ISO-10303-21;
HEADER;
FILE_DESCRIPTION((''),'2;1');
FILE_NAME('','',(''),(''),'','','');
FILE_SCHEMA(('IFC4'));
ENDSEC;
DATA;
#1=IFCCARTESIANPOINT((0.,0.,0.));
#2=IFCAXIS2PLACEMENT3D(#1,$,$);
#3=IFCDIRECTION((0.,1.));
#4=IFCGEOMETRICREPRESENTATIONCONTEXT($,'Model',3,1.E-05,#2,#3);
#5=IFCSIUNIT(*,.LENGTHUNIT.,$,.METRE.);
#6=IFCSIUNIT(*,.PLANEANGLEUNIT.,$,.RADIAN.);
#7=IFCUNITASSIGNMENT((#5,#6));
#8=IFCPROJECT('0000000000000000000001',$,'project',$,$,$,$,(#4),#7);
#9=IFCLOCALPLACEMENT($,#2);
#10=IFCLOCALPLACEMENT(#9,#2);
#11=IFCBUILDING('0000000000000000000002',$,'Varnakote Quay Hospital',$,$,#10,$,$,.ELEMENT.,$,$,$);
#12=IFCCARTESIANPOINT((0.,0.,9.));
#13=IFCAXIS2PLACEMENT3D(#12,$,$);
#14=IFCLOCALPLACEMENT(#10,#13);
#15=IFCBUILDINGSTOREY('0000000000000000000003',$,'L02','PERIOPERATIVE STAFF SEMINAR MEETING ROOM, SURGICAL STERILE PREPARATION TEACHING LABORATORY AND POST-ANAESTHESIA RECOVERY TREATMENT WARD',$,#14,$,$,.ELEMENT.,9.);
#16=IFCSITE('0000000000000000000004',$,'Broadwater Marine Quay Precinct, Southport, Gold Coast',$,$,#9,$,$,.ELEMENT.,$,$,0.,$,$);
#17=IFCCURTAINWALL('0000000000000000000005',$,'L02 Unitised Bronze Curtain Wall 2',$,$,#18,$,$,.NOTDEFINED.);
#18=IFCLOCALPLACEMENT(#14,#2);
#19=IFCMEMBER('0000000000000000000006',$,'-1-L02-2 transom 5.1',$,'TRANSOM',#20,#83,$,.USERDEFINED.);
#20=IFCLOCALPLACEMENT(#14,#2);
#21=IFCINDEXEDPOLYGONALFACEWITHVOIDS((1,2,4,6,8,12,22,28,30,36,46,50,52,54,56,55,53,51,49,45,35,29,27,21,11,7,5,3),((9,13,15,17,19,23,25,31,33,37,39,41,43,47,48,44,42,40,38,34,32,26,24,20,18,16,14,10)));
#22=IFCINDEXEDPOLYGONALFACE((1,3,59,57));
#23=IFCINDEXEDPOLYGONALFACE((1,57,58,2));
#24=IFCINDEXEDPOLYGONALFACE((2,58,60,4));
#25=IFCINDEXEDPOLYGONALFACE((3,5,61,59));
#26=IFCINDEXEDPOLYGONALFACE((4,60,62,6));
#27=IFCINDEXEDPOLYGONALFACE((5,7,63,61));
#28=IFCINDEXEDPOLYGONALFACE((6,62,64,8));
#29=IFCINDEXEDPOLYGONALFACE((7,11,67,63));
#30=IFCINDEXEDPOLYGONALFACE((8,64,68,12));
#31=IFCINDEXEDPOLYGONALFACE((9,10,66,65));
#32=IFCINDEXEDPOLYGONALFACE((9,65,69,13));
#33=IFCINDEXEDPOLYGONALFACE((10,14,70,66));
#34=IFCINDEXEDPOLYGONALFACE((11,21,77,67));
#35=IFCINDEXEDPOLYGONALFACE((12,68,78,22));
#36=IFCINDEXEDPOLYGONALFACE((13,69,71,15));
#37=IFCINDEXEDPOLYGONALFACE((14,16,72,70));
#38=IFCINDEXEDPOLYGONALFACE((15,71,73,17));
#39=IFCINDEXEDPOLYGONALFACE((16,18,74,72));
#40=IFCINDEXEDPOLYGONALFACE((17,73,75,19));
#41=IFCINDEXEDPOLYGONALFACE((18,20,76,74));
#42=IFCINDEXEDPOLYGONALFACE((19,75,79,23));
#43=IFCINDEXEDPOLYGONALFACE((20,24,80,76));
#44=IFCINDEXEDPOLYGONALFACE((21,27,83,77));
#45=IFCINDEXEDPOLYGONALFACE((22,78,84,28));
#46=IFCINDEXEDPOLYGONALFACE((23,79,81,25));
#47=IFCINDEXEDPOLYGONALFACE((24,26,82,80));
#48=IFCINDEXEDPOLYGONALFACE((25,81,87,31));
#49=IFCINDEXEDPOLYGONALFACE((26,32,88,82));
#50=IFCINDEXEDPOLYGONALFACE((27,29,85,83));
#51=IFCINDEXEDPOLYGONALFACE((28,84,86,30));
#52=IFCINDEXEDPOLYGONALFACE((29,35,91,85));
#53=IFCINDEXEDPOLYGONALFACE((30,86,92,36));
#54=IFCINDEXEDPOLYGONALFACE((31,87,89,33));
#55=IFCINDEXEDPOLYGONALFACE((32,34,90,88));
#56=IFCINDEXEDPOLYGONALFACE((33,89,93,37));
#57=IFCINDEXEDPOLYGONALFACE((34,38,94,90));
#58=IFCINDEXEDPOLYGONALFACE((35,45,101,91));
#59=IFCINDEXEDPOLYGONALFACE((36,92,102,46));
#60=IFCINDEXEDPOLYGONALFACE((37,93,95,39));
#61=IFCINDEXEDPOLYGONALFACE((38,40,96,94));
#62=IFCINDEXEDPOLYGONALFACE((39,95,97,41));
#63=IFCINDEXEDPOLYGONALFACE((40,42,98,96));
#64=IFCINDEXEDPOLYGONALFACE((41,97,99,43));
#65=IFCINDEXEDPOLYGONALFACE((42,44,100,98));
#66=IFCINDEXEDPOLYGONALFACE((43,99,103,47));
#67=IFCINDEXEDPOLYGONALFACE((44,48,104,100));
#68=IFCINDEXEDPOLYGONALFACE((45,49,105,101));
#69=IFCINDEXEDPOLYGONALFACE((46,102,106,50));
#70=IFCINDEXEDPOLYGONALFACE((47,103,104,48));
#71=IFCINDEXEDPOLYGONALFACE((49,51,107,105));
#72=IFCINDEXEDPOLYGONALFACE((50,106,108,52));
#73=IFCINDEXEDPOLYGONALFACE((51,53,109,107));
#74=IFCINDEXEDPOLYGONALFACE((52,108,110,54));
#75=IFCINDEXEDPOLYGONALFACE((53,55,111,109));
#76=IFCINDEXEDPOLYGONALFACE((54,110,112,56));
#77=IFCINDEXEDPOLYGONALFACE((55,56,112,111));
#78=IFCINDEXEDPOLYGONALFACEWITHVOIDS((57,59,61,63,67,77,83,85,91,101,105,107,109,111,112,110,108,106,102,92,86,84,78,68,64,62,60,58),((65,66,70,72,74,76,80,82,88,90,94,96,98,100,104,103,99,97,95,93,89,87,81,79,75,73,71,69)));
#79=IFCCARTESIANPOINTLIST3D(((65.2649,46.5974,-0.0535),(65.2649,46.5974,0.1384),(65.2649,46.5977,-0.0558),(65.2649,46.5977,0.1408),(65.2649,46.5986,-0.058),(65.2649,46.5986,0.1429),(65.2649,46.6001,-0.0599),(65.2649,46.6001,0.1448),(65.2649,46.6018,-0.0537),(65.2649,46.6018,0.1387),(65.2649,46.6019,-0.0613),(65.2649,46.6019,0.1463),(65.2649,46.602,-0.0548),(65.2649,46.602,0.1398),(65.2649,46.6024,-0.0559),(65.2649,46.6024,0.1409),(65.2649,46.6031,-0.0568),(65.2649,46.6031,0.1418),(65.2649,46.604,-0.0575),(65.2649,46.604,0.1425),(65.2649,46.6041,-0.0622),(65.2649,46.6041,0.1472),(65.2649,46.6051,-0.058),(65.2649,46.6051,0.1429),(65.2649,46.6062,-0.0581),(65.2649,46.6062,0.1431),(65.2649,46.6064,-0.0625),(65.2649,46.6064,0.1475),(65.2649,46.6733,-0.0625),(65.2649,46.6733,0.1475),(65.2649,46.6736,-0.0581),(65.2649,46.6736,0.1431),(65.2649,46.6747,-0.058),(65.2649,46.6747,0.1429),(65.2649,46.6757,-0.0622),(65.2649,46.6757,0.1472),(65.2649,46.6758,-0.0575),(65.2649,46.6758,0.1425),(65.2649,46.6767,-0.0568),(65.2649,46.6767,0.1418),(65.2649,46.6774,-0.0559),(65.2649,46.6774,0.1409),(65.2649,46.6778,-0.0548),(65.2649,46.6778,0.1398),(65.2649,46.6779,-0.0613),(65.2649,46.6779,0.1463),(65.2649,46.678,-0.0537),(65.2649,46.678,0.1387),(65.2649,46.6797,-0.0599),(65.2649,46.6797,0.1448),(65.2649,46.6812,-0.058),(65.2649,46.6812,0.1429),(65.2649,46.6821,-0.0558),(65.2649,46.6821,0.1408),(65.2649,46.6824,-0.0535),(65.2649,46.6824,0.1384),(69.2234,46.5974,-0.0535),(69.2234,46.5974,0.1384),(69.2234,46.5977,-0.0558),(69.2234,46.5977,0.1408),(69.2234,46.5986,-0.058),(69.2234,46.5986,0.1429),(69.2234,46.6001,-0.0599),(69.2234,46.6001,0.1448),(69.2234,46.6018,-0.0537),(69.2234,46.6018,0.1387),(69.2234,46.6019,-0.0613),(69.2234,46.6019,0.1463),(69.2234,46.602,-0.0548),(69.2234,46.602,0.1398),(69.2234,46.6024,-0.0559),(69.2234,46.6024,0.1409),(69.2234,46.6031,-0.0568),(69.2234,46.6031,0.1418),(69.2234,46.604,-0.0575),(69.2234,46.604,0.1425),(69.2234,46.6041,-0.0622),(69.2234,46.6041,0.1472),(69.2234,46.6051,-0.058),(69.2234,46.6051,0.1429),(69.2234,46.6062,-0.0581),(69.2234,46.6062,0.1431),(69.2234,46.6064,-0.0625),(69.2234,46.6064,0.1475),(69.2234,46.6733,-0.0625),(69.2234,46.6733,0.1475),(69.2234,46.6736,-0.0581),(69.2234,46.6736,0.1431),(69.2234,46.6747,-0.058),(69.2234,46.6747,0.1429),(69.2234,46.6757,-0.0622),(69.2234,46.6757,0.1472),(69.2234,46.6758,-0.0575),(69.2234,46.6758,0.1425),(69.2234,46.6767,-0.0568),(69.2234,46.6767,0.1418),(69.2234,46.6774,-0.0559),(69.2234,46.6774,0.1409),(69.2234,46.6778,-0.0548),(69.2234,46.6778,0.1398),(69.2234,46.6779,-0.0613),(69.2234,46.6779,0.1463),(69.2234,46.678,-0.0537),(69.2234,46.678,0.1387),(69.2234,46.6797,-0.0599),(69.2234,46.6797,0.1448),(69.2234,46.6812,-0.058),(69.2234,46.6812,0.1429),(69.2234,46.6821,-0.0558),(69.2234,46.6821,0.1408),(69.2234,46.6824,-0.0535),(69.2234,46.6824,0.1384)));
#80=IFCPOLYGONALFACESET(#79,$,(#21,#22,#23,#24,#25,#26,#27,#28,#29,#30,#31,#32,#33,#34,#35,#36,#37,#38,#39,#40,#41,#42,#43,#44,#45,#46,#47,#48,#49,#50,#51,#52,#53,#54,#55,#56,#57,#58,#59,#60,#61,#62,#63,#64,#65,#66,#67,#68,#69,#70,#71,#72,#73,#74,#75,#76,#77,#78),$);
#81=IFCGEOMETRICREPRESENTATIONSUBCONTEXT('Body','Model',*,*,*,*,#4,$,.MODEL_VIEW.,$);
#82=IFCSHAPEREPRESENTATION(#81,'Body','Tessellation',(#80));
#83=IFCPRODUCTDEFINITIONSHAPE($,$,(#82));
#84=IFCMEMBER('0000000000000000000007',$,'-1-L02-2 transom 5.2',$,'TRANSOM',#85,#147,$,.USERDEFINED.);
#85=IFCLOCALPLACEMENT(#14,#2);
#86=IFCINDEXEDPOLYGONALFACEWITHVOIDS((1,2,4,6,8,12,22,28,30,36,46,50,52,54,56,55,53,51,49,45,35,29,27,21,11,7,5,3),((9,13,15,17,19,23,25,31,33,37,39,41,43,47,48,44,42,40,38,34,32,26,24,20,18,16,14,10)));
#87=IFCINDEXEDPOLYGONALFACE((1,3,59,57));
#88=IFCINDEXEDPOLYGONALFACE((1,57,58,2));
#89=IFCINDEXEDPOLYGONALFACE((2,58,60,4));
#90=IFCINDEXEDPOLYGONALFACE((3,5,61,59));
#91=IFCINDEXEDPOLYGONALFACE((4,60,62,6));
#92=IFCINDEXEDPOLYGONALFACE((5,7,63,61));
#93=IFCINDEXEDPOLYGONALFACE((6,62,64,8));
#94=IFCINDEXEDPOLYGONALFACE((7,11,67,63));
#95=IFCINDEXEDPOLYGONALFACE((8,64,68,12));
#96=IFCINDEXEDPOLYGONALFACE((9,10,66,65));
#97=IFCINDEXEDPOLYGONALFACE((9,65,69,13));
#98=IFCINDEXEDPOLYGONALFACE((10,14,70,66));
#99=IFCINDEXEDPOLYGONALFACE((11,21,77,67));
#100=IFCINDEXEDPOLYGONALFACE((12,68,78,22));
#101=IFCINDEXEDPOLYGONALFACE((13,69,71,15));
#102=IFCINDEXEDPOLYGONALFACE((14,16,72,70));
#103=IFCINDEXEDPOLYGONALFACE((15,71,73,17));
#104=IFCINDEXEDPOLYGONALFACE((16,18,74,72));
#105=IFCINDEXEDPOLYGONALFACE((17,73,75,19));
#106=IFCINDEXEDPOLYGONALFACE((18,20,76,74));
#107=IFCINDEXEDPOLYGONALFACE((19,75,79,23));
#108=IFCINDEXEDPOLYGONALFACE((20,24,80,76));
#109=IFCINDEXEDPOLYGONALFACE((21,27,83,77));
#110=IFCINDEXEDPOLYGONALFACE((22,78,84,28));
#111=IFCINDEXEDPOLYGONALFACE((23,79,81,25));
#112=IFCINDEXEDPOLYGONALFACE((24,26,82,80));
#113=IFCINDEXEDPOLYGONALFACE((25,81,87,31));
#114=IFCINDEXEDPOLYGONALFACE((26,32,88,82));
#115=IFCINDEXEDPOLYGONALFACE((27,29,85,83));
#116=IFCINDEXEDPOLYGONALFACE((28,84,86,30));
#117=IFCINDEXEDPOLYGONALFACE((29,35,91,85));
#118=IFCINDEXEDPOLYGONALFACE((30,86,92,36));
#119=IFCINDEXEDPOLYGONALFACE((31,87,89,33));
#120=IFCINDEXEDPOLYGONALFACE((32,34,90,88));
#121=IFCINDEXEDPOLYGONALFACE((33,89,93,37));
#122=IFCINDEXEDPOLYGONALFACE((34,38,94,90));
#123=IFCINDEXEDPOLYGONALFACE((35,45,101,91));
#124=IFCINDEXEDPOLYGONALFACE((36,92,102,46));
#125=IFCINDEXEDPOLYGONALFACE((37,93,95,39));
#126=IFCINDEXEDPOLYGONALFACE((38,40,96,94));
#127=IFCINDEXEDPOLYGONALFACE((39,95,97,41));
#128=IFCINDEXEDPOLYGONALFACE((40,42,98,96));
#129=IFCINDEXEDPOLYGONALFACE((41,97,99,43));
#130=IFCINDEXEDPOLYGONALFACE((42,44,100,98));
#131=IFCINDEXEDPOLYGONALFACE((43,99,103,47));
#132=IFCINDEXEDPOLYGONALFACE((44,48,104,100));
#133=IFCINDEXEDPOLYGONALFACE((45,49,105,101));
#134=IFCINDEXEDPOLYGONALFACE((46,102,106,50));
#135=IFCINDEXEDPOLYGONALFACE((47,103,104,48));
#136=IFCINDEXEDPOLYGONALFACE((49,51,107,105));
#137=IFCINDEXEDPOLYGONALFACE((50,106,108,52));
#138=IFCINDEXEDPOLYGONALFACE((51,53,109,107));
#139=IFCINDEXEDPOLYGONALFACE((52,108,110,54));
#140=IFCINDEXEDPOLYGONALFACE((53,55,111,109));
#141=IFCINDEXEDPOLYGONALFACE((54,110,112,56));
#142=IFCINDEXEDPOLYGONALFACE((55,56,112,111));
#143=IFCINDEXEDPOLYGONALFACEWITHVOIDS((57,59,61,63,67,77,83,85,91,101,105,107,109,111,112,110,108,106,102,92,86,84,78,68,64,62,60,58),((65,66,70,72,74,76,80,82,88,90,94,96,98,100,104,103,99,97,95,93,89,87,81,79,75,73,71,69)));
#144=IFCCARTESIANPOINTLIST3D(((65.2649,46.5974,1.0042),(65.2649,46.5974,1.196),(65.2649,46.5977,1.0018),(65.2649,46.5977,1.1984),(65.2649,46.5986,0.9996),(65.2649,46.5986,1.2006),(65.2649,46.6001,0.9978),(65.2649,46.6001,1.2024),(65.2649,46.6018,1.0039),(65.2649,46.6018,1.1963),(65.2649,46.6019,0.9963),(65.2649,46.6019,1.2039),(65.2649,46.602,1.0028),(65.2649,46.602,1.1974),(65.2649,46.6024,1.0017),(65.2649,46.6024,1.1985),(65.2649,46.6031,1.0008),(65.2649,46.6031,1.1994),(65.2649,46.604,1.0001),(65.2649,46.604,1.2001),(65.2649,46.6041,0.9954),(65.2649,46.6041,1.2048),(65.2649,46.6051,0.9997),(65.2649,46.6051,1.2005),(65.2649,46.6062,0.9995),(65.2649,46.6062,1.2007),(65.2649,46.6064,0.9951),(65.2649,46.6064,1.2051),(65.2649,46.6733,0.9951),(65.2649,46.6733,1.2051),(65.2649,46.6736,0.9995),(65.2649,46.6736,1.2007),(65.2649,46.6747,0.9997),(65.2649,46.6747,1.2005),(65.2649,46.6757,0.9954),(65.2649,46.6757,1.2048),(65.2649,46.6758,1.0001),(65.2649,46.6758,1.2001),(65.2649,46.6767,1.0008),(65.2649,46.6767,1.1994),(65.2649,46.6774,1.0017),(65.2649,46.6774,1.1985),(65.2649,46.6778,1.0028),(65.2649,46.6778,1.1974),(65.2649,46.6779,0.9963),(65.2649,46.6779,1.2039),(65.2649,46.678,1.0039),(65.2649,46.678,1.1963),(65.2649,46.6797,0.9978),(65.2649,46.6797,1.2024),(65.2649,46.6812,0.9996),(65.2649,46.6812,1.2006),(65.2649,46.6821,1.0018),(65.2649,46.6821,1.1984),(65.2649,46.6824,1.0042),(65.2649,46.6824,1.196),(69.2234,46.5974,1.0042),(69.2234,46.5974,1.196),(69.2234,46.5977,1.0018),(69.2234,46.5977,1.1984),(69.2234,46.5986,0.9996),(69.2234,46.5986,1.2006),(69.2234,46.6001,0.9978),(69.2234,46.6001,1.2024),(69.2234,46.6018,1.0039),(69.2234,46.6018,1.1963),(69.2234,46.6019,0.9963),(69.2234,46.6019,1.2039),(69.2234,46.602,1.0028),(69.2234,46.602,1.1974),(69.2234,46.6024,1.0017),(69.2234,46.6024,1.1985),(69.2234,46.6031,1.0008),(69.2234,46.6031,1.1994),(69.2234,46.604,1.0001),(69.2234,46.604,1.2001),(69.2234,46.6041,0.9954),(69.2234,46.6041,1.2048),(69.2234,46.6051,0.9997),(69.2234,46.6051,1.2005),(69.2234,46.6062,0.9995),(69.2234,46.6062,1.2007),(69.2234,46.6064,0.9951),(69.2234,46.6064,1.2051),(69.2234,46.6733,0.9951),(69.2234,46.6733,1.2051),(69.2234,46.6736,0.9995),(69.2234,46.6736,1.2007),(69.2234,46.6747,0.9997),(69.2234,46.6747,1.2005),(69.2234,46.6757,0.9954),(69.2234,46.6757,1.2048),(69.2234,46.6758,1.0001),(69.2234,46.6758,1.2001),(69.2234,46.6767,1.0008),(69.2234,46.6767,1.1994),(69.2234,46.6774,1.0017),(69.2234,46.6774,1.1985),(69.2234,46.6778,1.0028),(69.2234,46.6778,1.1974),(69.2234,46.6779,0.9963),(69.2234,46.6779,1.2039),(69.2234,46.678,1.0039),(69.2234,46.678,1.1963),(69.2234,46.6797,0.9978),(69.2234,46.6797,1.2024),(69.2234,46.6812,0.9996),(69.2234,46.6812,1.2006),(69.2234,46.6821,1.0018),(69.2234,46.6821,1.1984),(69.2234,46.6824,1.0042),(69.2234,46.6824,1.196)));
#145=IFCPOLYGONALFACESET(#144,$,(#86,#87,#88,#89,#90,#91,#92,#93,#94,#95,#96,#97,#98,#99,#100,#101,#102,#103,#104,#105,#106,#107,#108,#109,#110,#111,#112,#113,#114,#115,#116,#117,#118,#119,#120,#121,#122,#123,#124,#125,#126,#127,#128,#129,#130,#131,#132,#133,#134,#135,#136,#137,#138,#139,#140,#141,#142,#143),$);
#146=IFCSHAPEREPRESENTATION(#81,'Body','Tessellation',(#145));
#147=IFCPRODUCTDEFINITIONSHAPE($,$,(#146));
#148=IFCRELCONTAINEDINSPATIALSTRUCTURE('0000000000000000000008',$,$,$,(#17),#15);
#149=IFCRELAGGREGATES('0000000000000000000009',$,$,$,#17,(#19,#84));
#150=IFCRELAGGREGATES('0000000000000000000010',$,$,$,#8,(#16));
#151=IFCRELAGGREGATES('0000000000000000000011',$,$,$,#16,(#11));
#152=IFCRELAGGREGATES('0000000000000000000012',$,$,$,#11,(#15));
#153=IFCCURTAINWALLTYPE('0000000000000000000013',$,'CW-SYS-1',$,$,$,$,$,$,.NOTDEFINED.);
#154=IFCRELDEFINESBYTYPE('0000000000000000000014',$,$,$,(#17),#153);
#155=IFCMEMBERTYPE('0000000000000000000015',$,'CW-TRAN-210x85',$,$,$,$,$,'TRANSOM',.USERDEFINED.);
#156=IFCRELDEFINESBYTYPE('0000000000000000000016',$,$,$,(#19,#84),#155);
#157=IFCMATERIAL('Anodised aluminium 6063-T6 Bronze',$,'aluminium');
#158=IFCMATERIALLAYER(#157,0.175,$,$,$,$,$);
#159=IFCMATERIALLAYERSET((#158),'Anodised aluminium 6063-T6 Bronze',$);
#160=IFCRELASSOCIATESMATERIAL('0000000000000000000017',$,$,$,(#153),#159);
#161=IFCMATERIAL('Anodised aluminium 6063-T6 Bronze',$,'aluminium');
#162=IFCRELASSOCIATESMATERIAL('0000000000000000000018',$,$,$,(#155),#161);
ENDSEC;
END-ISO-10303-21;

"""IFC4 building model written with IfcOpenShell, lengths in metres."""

from ifc_helpers import new_model, si_unit, direction, frame, origin, origin_2d, place, context, subcontext, project, spatial, hollow_rectangle, extrude, material, layer, layer_set, material_profile, profile_set, type_object, element, aggregate, save


model = new_model("IFC4")

# Units and contexts
model_context = context("Model", 3, precision=1e-05, world=origin(), true_north=direction((0.0, 1.0)))
body_context = subcontext(model_context, "Body", "Model", "MODEL_VIEW")
ifc_project = project(units=[si_unit("LENGTHUNIT", "METRE"), si_unit("PLANEANGLEUNIT", "RADIAN")], contexts=[model_context])

# Site, building, storey
site_placement = place(None, origin())
site = spatial("IfcSite", under=ifc_project, at=site_placement, Name="Broadwater Marine Quay Precinct, Southport, Gold Coast", CompositionType="ELEMENT", RefElevation=0.0)
building_placement = place(site_placement, origin())
building = spatial("IfcBuilding", under=site, at=building_placement, Name="Varnakote Quay Hospital", CompositionType="ELEMENT")
storey_placement = place(building_placement, frame((0.0, 0.0, 9.0)))
storey = spatial("IfcBuildingStorey", under=building, at=storey_placement, Name="L02", Description="PERIOPERATIVE STAFF SEMINAR MEETING ROOM, SURGICAL STERILE PREPARATION TEACHING LABORATORY AND POST-ANAESTHESIA RECOVERY TREATMENT WARD", CompositionType="ELEMENT", Elevation=9.0)

# Curtain wall, members
ifc_material_1 = material(Name="Anodised aluminium 6063-T6 Bronze", Category="aluminium")
ifc_layer_1 = layer(ifc_material_1, 0.175)
ifc_layer_set_1 = layer_set([ifc_layer_1], Name="Anodised aluminium 6063-T6 Bronze")
curtain_wall_type = type_object("IfcCurtainWallType", Name="CW-SYS-1", PredefinedType="NOTDEFINED", material=ifc_layer_set_1)
curtain_wall_placement = place(storey_placement, origin())
curtain_wall = element("IfcCurtainWall", 1, at=curtain_wall_placement, inside=storey, type_object=curtain_wall_type, Name="L02 Unitised Bronze Curtain Wall 2", PredefinedType="NOTDEFINED")
ifc_material_2 = material(Name="Anodised aluminium 6063-T6 Bronze", Category="aluminium")
ifc_material_profile_1 = material_profile(ifc_material_2, hollow_rectangle(XDim=0.085, YDim=0.21, WallThickness=0.0044, InnerFilletRadius=0.0044, OuterFilletRadius=0.009, at=origin_2d()), Name="CW-TRAN-210x85")
ifc_profile_set_1 = profile_set([ifc_material_profile_1], Name="Anodised aluminium 6063-T6 Bronze")
member_type_1 = type_object("IfcMemberType", Name="CW-TRAN-210x85", ElementType="TRANSOM", PredefinedType="USERDEFINED", material=ifc_profile_set_1)
member_1_placement = place(storey_placement, frame((69.2234, 46.6399, 0.0425), z_axis=(-1.0, 0.0, 0.0), x_axis=(0.0, -1.0, 0.0)))
member_1 = element("IfcMember", 2, at=member_1_placement, type_object=member_type_1, Name="-1-L02-2 transom 5.1", ObjectType="TRANSOM", PredefinedType="USERDEFINED", context=body_context, shape_type="SweptSolid", body=[
    extrude(hollow_rectangle(XDim=0.085, YDim=0.21, WallThickness=0.0044, InnerFilletRadius=0.0044, OuterFilletRadius=0.009, at=origin_2d()), origin(), (0.0, 0.0, 1.0), 3.9585),
])
member_2_placement = place(storey_placement, frame((69.2234, 46.6399, 1.1001), z_axis=(-1.0, 0.0, 0.0), x_axis=(0.0, -1.0, 0.0)))
member_2 = element("IfcMember", 3, at=member_2_placement, type_object=member_type_1, Name="-1-L02-2 transom 5.2", ObjectType="TRANSOM", PredefinedType="USERDEFINED", context=body_context, shape_type="SweptSolid", body=[
    extrude(hollow_rectangle(XDim=0.085, YDim=0.21, WallThickness=0.0044, InnerFilletRadius=0.0044, OuterFilletRadius=0.009, at=origin_2d()), origin(), (0.0, 0.0, 1.0), 3.9585),
])

aggregate(curtain_wall, [member_1, member_2])

save(model, "model.ifc")
